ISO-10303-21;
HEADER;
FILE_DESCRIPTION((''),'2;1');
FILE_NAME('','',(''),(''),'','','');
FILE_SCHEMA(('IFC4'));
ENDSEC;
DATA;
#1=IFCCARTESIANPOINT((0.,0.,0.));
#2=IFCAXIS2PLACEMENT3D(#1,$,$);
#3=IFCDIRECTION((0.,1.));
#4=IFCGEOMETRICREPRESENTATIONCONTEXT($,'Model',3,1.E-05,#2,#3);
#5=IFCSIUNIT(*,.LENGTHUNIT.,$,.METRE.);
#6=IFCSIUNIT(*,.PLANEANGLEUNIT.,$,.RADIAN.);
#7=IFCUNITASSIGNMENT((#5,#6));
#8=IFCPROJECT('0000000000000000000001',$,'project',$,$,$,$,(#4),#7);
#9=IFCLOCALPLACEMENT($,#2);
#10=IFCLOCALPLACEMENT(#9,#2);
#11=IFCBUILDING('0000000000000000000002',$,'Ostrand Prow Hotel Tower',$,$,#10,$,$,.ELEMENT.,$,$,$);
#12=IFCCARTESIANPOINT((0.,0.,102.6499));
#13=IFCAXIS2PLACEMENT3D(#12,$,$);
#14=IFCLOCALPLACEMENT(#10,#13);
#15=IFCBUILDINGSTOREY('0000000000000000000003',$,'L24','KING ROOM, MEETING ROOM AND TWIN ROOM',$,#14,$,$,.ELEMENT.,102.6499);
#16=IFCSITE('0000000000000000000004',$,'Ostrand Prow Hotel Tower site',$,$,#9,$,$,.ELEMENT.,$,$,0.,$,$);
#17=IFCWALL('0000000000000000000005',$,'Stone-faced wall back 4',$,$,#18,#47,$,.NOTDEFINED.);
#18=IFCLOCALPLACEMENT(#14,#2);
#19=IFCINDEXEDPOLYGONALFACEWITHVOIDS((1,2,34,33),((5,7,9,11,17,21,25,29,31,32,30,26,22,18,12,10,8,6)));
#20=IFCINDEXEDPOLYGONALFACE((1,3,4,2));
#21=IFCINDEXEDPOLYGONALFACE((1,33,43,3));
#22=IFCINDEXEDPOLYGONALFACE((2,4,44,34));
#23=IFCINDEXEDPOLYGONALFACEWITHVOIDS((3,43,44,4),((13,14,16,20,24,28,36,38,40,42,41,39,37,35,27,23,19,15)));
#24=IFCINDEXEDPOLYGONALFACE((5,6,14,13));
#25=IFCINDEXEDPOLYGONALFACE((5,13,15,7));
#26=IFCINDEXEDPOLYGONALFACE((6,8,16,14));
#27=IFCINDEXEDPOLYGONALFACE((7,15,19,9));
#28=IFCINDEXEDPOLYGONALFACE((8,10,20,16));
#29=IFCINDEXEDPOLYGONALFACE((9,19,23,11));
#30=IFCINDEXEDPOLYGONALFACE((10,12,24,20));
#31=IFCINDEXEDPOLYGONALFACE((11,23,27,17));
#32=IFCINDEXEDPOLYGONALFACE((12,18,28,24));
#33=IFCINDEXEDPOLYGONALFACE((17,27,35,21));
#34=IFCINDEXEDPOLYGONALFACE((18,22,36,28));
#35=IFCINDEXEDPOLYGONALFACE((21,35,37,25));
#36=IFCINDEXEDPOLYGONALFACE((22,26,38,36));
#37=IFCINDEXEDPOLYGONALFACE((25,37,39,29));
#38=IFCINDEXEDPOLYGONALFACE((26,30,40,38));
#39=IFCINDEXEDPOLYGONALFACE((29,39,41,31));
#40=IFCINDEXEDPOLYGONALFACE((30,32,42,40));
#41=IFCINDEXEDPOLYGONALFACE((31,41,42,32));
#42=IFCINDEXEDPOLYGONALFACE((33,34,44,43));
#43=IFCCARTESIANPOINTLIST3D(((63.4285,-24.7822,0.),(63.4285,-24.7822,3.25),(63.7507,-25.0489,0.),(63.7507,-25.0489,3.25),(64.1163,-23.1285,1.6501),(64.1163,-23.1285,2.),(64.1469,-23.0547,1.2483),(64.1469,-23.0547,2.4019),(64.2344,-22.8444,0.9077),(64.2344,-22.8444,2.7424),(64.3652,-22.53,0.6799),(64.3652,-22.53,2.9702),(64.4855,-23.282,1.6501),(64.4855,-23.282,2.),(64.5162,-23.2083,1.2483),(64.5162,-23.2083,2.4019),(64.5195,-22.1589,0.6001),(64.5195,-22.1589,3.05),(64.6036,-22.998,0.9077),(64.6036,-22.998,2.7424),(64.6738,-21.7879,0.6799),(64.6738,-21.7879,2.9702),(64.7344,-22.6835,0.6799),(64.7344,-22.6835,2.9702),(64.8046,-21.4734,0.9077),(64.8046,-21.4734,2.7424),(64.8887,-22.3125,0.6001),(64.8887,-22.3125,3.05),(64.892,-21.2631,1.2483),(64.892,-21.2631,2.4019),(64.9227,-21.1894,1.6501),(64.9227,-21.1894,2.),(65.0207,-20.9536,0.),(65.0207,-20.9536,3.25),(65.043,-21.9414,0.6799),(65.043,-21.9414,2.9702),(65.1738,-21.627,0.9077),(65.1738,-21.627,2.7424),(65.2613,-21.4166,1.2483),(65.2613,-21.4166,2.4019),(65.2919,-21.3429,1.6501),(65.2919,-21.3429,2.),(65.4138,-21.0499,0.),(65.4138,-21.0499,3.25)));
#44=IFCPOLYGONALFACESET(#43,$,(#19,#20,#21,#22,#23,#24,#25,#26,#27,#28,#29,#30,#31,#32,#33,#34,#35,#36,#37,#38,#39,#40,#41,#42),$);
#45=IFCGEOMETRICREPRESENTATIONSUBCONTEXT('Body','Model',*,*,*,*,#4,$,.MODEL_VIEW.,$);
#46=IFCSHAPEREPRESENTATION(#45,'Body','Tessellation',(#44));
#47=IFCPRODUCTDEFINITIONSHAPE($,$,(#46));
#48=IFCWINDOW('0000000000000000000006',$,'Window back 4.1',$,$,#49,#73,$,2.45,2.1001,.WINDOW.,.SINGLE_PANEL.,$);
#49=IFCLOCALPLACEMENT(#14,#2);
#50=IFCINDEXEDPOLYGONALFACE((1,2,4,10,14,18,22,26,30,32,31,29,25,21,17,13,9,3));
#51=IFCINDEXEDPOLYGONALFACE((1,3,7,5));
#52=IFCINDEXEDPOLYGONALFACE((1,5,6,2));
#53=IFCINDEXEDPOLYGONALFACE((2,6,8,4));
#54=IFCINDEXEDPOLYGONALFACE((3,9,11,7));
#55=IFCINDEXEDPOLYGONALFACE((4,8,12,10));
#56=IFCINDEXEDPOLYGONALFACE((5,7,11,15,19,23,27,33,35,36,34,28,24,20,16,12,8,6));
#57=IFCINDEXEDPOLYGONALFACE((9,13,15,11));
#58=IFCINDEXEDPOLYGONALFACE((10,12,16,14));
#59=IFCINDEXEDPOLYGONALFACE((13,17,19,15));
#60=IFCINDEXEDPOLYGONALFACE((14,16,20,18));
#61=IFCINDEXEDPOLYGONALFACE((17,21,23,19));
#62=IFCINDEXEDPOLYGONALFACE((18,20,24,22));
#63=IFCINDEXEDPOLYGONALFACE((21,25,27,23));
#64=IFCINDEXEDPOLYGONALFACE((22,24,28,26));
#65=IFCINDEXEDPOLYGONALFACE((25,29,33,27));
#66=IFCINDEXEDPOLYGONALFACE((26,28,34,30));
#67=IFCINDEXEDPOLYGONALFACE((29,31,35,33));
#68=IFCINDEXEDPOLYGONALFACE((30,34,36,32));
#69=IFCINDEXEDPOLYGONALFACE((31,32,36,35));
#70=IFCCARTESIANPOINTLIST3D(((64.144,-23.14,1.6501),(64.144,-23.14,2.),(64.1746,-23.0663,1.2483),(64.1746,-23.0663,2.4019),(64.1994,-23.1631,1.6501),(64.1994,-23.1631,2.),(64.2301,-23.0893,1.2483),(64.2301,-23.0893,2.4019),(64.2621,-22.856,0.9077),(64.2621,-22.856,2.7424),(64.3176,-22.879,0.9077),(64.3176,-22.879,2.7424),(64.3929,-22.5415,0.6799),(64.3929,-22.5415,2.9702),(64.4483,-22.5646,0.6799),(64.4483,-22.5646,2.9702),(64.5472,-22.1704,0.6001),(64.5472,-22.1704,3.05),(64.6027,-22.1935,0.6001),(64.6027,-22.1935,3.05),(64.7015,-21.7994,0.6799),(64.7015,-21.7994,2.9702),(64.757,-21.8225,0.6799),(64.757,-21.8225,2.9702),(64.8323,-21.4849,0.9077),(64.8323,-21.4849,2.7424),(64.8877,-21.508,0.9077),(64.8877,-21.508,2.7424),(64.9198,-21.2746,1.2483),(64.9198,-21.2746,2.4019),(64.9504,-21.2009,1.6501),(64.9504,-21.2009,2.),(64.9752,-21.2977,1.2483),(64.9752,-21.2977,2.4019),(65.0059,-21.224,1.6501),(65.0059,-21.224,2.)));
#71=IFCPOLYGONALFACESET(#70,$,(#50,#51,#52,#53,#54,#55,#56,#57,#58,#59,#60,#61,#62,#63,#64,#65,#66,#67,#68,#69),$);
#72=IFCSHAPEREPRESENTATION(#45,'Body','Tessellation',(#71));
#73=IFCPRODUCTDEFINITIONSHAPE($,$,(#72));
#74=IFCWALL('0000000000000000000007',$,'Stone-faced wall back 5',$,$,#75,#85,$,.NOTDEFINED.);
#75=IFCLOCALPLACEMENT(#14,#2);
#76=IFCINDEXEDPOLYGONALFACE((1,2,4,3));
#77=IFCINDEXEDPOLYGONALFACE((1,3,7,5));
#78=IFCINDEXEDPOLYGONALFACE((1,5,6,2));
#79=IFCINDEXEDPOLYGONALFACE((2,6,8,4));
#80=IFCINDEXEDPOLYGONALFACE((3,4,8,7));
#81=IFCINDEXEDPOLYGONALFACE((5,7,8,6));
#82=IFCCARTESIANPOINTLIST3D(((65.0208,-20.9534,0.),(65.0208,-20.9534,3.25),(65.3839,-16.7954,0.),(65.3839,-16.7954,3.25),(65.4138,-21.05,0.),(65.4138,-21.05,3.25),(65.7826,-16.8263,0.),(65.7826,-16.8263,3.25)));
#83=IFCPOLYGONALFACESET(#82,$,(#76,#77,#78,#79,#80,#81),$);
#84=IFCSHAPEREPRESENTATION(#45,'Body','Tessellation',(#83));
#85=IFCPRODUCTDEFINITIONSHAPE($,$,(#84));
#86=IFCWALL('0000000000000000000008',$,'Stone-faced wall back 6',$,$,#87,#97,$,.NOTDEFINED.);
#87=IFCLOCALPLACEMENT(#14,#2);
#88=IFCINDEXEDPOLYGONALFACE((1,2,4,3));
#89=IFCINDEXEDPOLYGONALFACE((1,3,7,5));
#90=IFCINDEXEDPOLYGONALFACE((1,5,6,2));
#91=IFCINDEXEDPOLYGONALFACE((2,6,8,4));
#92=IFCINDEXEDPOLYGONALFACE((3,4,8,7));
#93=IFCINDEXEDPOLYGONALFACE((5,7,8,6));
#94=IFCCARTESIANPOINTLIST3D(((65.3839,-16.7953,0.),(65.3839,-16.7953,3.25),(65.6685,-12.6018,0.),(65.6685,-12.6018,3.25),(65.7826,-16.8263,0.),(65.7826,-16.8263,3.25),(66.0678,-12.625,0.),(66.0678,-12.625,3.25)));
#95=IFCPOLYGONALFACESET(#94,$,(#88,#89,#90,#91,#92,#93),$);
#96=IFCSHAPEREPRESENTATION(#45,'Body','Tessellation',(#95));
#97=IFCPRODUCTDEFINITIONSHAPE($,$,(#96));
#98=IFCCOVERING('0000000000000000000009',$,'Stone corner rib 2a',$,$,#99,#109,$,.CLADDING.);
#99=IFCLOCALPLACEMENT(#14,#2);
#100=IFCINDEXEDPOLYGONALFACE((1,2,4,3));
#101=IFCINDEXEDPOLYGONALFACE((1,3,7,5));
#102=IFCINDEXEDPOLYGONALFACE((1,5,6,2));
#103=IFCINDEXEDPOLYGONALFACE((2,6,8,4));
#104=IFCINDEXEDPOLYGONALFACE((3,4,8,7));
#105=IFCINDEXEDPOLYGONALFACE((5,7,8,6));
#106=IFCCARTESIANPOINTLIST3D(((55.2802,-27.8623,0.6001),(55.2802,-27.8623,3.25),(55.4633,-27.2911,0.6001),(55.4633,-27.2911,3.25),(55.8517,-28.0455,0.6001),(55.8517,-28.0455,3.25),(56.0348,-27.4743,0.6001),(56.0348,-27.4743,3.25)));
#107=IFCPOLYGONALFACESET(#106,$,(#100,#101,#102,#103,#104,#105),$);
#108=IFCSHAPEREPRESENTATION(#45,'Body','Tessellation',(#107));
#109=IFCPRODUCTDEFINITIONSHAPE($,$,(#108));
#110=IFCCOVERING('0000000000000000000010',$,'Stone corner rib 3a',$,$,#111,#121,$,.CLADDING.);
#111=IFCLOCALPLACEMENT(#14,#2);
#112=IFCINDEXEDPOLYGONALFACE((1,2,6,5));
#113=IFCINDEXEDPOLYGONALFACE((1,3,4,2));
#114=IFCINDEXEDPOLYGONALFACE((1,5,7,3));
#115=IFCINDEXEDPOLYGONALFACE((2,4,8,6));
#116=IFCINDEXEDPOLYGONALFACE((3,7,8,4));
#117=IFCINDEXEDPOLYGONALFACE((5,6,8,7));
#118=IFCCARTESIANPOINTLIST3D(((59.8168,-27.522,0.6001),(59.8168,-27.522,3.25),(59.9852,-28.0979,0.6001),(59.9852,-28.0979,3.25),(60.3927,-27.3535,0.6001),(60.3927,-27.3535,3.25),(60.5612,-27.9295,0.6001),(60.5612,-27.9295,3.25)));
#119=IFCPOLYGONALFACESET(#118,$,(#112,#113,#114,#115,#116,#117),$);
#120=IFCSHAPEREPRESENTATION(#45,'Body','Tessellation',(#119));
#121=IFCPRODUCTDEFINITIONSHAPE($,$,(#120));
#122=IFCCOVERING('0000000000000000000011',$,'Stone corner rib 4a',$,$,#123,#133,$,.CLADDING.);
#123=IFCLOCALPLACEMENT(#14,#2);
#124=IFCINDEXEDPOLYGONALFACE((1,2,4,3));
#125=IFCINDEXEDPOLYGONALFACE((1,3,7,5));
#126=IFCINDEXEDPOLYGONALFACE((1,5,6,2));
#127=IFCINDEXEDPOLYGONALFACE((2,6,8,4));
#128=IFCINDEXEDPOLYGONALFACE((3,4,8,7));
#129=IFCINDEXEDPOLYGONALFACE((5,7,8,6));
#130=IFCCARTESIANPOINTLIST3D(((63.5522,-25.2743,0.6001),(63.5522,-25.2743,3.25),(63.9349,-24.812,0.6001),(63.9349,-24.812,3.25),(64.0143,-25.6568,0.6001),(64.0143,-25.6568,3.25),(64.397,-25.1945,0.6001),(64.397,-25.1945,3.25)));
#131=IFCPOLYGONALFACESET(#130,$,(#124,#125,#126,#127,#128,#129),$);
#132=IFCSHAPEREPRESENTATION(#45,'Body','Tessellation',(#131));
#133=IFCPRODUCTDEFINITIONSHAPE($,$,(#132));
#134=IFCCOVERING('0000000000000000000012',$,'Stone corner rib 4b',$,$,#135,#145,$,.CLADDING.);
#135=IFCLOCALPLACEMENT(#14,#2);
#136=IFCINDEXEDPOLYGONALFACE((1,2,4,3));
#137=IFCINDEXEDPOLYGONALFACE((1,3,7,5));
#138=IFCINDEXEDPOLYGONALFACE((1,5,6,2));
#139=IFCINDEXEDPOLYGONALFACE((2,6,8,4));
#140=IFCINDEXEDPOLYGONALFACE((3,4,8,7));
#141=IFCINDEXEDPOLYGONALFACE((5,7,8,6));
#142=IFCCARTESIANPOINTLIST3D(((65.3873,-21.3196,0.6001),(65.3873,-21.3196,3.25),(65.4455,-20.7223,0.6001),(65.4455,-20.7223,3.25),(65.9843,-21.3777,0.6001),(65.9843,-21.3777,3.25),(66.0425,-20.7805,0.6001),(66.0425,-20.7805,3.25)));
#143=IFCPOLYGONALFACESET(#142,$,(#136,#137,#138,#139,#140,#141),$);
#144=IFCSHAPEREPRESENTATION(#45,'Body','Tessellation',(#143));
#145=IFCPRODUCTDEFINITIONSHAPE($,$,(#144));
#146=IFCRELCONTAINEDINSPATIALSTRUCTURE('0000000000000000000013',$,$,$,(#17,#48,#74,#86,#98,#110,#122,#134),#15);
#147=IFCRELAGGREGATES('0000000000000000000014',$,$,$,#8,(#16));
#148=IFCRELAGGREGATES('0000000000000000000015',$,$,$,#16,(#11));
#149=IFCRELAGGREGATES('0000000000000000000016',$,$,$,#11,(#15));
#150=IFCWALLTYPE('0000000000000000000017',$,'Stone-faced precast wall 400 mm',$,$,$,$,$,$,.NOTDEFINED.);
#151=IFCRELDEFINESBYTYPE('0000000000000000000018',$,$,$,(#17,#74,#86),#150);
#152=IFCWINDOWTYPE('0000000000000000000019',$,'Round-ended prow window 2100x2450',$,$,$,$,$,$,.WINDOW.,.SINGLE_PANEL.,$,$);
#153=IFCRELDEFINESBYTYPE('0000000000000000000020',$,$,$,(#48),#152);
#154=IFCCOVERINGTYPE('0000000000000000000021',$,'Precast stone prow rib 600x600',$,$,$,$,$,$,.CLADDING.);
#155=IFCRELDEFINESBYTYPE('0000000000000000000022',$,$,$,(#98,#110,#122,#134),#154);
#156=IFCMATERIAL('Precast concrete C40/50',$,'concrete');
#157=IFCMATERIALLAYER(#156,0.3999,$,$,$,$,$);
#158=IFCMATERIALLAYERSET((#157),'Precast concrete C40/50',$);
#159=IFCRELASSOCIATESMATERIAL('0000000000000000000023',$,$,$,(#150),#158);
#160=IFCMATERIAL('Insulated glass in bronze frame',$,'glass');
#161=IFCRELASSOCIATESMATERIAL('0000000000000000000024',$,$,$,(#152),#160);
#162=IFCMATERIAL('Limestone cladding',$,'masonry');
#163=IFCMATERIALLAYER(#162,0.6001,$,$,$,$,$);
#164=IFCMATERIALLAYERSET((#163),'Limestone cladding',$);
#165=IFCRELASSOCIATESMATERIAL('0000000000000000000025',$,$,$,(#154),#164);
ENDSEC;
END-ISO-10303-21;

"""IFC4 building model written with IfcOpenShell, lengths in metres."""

from ifc_helpers import new_model, si_unit, direction, frame, frame_2d, origin, place, context, subcontext, project, spatial, polyline, rectangle, outline, extrude, material, layer, layer_set, type_object, element, fill, save


model = new_model("IFC4")

# Units and contexts
model_context = context("Model", 3, precision=1e-05, world=origin(), true_north=direction((0.0, 1.0)))
body_context = subcontext(model_context, "Body", "Model", "MODEL_VIEW")
ifc_project = project(units=[si_unit("LENGTHUNIT", "METRE"), si_unit("PLANEANGLEUNIT", "RADIAN")], contexts=[model_context])

# Site, building, storey
site_placement = place(None, origin())
site = spatial("IfcSite", under=ifc_project, at=site_placement, Name="Ostrand Prow Hotel Tower site", CompositionType="ELEMENT", RefElevation=0.0)
building_placement = place(site_placement, origin())
building = spatial("IfcBuilding", under=site, at=building_placement, Name="Ostrand Prow Hotel Tower", CompositionType="ELEMENT")
storey_placement = place(building_placement, frame((0.0, 0.0, 102.6499)))
storey = spatial("IfcBuildingStorey", under=building, at=storey_placement, Name="L24", Description="KING ROOM, MEETING ROOM AND TWIN ROOM", CompositionType="ELEMENT", Elevation=102.6499)

# Wall, opening, window
ifc_material_1 = material(Name="Precast concrete C40/50", Category="concrete")
ifc_layer_1 = layer(ifc_material_1, 0.3999)
ifc_layer_set_1 = layer_set([ifc_layer_1], Name="Precast concrete C40/50")
wall_type_1 = type_object("IfcWallType", Name="Stone-faced precast wall 400 mm", PredefinedType="NOTDEFINED", material=ifc_layer_set_1)
wall_1_placement = place(storey_placement, frame((63.5896, -24.9155, 0.0), z_axis=(0.0, 0.0, 1.0), x_axis=(0.383998, 0.923334, 0.0)))
wall_1 = element("IfcWall", 1, at=wall_1_placement, inside=storey, type_object=wall_type_1, Name="Stone-faced wall back 4", PredefinedType="NOTDEFINED", context=body_context, shape_type="SweptSolid", body=[
    extrude(outline(polyline([(-0.0613, -0.2), (4.2698, -0.2), (4.2078, 0.2), (0.0613, 0.2), (-0.0613, -0.2)])), origin(), (0.0, 0.0, 1.0), 3.25),
])
opening_1_placement = place(wall_1_placement, frame((1.8523, 0.0, 0.6001)))
opening_1 = element("IfcOpeningElement", 2, at=opening_1_placement, cuts=wall_1, PredefinedType="OPENING", context=body_context, shape_type="SweptSolid", body=[
    extrude(outline(polyline([(0.0, 1.3999), (0.0798, 1.8018), (0.3076, 2.1423), (0.6482, 2.3701), (1.05, 2.45), (1.4519, 2.3701), (1.7925, 2.1423), (2.0203, 1.8018), (2.1001, 1.3999), (2.1001, 1.05), (2.0203, 0.6482), (1.7925, 0.3076), (1.4519, 0.0798), (1.05, 0.0), (0.6482, 0.0798), (0.3076, 0.3076), (0.0798, 0.6482), (0.0, 1.05), (0.0, 1.3999)])), frame((0.0, 0.21, 0.0), z_axis=(0.0, -1.0, 0.0), x_axis=(1.0, 0.0, 0.0)), (0.0, 0.0, 1.0), 0.4199),
])
ifc_material_2 = material(Name="Insulated glass in bronze frame", Category="glass")
window_type_1 = type_object("IfcWindowType", Name="Round-ended prow window 2100x2450", PartitioningType="SINGLE_PANEL", PredefinedType="WINDOW", material=ifc_material_2)
window_1_placement = place(opening_1_placement, origin())
window_1 = element("IfcWindow", 3, at=window_1_placement, inside=storey, type_object=window_type_1, Name="Window back 4.1", OverallHeight=2.45, OverallWidth=2.1001, PartitioningType="SINGLE_PANEL", PredefinedType="WINDOW", context=body_context, shape_type="SweptSolid", body=[
    extrude(outline(polyline([(0.0, 1.3999), (0.0798, 1.8018), (0.3076, 2.1423), (0.6482, 2.3701), (1.05, 2.45), (1.4519, 2.3701), (1.7925, 2.1423), (2.0203, 1.8018), (2.1001, 1.3999), (2.1001, 1.05), (2.0203, 0.6482), (1.7925, 0.3076), (1.4519, 0.0798), (1.05, 0.0), (0.6482, 0.0798), (0.3076, 0.3076), (0.0798, 0.6482), (0.0, 1.05), (0.0, 1.3999)])), frame((0.0, 0.1699, 0.0), z_axis=(0.0, -1.0, 0.0), x_axis=(1.0, 0.0, 0.0)), (0.0, 0.0, 1.0), 0.0601),
])
fill(opening_1, window_1)

# Walls
wall_2_placement = place(storey_placement, frame((65.2173, -21.0017, 0.0), z_axis=(0.0, 0.0, 1.0), x_axis=(0.086993, 0.996209, 0.0)))
element("IfcWall", 4, at=wall_2_placement, inside=storey, type_object=wall_type_1, Name="Stone-faced wall back 5", PredefinedType="NOTDEFINED", context=body_context, shape_type="SweptSolid", body=[
    extrude(outline(polyline([(-0.031, -0.2), (4.2087, -0.2), (4.2048, 0.2), (0.031, 0.2), (-0.031, -0.2)])), origin(), (0.0, 0.0, 1.0), 3.25),
])
wall_3_placement = place(storey_placement, frame((65.5833, -16.8108, 0.0), z_axis=(0.0, 0.0, 1.0), x_axis=(0.067725, 0.997704, 0.0)))
element("IfcWall", 5, at=wall_3_placement, inside=storey, type_object=wall_type_1, Name="Stone-faced wall back 6", PredefinedType="NOTDEFINED", context=body_context, shape_type="SweptSolid", body=[
    extrude(outline(polyline([(-0.002, -0.2), (4.209, -0.2), (4.2051, 0.2), (0.002, 0.2), (-0.002, -0.2)])), origin(), (0.0, 0.0, 1.0), 3.25),
])

# Coverings
ifc_material_3 = material(Name="Limestone cladding", Category="masonry")
ifc_layer_2 = layer(ifc_material_3, 0.6001)
ifc_layer_set_2 = layer_set([ifc_layer_2], Name="Limestone cladding")
covering_type = type_object("IfcCoveringType", Name="Precast stone prow rib 600x600", PredefinedType="CLADDING", material=ifc_layer_set_2)
covering_1_placement = place(storey_placement, frame((55.749, -27.3828, 0.6001), z_axis=(0.0, 0.0, 1.0), x_axis=(-0.305219, -0.952282, 0.0)))
element("IfcCovering", 6, at=covering_1_placement, inside=storey, type_object=covering_type, Name="Stone corner rib 2a", PredefinedType="CLADDING", context=body_context, shape_type="SweptSolid", body=[
    extrude(rectangle(XDim=0.5999, YDim=0.6001, at=frame_2d((0.2998, 0.0))), origin(), (0.0, 0.0, 1.0), 2.6499),
])
covering_2_placement = place(storey_placement, frame((60.1047, -27.4377, 0.6001), z_axis=(0.0, 0.0, 1.0), x_axis=(0.280734, -0.959786, 0.0)))
element("IfcCovering", 7, at=covering_2_placement, inside=storey, type_object=covering_type, Name="Stone corner rib 3a", PredefinedType="CLADDING", context=body_context, shape_type="SweptSolid", body=[
    extrude(rectangle(XDim=0.6001, YDim=0.6001, at=frame_2d((0.3, 0.0))), origin(), (0.0, 0.0, 1.0), 2.6499),
])
for number, where, z_axis, x_axis, name in (
    (8, (63.7437, -25.0432, 0.6001), (0.0, 0.0, 1.0), (0.770319, -0.637659, 0.0), "Stone corner rib 4a"),
    (9, (65.4165, -21.021, 0.6001), (0.0, 0.0, 1.0), (0.995296, -0.096884, 0.0), "Stone corner rib 4b"),
):
    element("IfcCovering", number, at=place(storey_placement, frame(where, z_axis=z_axis, x_axis=x_axis)), inside=storey, type_object=covering_type, Name=name, PredefinedType="CLADDING", context=body_context, shape_type="SweptSolid", body=[
        extrude(rectangle(XDim=0.5999, YDim=0.6001, at=frame_2d((0.2998, 0.0))), origin(), (0.0, 0.0, 1.0), 2.6499),
    ])

save(model, "model.ifc")
